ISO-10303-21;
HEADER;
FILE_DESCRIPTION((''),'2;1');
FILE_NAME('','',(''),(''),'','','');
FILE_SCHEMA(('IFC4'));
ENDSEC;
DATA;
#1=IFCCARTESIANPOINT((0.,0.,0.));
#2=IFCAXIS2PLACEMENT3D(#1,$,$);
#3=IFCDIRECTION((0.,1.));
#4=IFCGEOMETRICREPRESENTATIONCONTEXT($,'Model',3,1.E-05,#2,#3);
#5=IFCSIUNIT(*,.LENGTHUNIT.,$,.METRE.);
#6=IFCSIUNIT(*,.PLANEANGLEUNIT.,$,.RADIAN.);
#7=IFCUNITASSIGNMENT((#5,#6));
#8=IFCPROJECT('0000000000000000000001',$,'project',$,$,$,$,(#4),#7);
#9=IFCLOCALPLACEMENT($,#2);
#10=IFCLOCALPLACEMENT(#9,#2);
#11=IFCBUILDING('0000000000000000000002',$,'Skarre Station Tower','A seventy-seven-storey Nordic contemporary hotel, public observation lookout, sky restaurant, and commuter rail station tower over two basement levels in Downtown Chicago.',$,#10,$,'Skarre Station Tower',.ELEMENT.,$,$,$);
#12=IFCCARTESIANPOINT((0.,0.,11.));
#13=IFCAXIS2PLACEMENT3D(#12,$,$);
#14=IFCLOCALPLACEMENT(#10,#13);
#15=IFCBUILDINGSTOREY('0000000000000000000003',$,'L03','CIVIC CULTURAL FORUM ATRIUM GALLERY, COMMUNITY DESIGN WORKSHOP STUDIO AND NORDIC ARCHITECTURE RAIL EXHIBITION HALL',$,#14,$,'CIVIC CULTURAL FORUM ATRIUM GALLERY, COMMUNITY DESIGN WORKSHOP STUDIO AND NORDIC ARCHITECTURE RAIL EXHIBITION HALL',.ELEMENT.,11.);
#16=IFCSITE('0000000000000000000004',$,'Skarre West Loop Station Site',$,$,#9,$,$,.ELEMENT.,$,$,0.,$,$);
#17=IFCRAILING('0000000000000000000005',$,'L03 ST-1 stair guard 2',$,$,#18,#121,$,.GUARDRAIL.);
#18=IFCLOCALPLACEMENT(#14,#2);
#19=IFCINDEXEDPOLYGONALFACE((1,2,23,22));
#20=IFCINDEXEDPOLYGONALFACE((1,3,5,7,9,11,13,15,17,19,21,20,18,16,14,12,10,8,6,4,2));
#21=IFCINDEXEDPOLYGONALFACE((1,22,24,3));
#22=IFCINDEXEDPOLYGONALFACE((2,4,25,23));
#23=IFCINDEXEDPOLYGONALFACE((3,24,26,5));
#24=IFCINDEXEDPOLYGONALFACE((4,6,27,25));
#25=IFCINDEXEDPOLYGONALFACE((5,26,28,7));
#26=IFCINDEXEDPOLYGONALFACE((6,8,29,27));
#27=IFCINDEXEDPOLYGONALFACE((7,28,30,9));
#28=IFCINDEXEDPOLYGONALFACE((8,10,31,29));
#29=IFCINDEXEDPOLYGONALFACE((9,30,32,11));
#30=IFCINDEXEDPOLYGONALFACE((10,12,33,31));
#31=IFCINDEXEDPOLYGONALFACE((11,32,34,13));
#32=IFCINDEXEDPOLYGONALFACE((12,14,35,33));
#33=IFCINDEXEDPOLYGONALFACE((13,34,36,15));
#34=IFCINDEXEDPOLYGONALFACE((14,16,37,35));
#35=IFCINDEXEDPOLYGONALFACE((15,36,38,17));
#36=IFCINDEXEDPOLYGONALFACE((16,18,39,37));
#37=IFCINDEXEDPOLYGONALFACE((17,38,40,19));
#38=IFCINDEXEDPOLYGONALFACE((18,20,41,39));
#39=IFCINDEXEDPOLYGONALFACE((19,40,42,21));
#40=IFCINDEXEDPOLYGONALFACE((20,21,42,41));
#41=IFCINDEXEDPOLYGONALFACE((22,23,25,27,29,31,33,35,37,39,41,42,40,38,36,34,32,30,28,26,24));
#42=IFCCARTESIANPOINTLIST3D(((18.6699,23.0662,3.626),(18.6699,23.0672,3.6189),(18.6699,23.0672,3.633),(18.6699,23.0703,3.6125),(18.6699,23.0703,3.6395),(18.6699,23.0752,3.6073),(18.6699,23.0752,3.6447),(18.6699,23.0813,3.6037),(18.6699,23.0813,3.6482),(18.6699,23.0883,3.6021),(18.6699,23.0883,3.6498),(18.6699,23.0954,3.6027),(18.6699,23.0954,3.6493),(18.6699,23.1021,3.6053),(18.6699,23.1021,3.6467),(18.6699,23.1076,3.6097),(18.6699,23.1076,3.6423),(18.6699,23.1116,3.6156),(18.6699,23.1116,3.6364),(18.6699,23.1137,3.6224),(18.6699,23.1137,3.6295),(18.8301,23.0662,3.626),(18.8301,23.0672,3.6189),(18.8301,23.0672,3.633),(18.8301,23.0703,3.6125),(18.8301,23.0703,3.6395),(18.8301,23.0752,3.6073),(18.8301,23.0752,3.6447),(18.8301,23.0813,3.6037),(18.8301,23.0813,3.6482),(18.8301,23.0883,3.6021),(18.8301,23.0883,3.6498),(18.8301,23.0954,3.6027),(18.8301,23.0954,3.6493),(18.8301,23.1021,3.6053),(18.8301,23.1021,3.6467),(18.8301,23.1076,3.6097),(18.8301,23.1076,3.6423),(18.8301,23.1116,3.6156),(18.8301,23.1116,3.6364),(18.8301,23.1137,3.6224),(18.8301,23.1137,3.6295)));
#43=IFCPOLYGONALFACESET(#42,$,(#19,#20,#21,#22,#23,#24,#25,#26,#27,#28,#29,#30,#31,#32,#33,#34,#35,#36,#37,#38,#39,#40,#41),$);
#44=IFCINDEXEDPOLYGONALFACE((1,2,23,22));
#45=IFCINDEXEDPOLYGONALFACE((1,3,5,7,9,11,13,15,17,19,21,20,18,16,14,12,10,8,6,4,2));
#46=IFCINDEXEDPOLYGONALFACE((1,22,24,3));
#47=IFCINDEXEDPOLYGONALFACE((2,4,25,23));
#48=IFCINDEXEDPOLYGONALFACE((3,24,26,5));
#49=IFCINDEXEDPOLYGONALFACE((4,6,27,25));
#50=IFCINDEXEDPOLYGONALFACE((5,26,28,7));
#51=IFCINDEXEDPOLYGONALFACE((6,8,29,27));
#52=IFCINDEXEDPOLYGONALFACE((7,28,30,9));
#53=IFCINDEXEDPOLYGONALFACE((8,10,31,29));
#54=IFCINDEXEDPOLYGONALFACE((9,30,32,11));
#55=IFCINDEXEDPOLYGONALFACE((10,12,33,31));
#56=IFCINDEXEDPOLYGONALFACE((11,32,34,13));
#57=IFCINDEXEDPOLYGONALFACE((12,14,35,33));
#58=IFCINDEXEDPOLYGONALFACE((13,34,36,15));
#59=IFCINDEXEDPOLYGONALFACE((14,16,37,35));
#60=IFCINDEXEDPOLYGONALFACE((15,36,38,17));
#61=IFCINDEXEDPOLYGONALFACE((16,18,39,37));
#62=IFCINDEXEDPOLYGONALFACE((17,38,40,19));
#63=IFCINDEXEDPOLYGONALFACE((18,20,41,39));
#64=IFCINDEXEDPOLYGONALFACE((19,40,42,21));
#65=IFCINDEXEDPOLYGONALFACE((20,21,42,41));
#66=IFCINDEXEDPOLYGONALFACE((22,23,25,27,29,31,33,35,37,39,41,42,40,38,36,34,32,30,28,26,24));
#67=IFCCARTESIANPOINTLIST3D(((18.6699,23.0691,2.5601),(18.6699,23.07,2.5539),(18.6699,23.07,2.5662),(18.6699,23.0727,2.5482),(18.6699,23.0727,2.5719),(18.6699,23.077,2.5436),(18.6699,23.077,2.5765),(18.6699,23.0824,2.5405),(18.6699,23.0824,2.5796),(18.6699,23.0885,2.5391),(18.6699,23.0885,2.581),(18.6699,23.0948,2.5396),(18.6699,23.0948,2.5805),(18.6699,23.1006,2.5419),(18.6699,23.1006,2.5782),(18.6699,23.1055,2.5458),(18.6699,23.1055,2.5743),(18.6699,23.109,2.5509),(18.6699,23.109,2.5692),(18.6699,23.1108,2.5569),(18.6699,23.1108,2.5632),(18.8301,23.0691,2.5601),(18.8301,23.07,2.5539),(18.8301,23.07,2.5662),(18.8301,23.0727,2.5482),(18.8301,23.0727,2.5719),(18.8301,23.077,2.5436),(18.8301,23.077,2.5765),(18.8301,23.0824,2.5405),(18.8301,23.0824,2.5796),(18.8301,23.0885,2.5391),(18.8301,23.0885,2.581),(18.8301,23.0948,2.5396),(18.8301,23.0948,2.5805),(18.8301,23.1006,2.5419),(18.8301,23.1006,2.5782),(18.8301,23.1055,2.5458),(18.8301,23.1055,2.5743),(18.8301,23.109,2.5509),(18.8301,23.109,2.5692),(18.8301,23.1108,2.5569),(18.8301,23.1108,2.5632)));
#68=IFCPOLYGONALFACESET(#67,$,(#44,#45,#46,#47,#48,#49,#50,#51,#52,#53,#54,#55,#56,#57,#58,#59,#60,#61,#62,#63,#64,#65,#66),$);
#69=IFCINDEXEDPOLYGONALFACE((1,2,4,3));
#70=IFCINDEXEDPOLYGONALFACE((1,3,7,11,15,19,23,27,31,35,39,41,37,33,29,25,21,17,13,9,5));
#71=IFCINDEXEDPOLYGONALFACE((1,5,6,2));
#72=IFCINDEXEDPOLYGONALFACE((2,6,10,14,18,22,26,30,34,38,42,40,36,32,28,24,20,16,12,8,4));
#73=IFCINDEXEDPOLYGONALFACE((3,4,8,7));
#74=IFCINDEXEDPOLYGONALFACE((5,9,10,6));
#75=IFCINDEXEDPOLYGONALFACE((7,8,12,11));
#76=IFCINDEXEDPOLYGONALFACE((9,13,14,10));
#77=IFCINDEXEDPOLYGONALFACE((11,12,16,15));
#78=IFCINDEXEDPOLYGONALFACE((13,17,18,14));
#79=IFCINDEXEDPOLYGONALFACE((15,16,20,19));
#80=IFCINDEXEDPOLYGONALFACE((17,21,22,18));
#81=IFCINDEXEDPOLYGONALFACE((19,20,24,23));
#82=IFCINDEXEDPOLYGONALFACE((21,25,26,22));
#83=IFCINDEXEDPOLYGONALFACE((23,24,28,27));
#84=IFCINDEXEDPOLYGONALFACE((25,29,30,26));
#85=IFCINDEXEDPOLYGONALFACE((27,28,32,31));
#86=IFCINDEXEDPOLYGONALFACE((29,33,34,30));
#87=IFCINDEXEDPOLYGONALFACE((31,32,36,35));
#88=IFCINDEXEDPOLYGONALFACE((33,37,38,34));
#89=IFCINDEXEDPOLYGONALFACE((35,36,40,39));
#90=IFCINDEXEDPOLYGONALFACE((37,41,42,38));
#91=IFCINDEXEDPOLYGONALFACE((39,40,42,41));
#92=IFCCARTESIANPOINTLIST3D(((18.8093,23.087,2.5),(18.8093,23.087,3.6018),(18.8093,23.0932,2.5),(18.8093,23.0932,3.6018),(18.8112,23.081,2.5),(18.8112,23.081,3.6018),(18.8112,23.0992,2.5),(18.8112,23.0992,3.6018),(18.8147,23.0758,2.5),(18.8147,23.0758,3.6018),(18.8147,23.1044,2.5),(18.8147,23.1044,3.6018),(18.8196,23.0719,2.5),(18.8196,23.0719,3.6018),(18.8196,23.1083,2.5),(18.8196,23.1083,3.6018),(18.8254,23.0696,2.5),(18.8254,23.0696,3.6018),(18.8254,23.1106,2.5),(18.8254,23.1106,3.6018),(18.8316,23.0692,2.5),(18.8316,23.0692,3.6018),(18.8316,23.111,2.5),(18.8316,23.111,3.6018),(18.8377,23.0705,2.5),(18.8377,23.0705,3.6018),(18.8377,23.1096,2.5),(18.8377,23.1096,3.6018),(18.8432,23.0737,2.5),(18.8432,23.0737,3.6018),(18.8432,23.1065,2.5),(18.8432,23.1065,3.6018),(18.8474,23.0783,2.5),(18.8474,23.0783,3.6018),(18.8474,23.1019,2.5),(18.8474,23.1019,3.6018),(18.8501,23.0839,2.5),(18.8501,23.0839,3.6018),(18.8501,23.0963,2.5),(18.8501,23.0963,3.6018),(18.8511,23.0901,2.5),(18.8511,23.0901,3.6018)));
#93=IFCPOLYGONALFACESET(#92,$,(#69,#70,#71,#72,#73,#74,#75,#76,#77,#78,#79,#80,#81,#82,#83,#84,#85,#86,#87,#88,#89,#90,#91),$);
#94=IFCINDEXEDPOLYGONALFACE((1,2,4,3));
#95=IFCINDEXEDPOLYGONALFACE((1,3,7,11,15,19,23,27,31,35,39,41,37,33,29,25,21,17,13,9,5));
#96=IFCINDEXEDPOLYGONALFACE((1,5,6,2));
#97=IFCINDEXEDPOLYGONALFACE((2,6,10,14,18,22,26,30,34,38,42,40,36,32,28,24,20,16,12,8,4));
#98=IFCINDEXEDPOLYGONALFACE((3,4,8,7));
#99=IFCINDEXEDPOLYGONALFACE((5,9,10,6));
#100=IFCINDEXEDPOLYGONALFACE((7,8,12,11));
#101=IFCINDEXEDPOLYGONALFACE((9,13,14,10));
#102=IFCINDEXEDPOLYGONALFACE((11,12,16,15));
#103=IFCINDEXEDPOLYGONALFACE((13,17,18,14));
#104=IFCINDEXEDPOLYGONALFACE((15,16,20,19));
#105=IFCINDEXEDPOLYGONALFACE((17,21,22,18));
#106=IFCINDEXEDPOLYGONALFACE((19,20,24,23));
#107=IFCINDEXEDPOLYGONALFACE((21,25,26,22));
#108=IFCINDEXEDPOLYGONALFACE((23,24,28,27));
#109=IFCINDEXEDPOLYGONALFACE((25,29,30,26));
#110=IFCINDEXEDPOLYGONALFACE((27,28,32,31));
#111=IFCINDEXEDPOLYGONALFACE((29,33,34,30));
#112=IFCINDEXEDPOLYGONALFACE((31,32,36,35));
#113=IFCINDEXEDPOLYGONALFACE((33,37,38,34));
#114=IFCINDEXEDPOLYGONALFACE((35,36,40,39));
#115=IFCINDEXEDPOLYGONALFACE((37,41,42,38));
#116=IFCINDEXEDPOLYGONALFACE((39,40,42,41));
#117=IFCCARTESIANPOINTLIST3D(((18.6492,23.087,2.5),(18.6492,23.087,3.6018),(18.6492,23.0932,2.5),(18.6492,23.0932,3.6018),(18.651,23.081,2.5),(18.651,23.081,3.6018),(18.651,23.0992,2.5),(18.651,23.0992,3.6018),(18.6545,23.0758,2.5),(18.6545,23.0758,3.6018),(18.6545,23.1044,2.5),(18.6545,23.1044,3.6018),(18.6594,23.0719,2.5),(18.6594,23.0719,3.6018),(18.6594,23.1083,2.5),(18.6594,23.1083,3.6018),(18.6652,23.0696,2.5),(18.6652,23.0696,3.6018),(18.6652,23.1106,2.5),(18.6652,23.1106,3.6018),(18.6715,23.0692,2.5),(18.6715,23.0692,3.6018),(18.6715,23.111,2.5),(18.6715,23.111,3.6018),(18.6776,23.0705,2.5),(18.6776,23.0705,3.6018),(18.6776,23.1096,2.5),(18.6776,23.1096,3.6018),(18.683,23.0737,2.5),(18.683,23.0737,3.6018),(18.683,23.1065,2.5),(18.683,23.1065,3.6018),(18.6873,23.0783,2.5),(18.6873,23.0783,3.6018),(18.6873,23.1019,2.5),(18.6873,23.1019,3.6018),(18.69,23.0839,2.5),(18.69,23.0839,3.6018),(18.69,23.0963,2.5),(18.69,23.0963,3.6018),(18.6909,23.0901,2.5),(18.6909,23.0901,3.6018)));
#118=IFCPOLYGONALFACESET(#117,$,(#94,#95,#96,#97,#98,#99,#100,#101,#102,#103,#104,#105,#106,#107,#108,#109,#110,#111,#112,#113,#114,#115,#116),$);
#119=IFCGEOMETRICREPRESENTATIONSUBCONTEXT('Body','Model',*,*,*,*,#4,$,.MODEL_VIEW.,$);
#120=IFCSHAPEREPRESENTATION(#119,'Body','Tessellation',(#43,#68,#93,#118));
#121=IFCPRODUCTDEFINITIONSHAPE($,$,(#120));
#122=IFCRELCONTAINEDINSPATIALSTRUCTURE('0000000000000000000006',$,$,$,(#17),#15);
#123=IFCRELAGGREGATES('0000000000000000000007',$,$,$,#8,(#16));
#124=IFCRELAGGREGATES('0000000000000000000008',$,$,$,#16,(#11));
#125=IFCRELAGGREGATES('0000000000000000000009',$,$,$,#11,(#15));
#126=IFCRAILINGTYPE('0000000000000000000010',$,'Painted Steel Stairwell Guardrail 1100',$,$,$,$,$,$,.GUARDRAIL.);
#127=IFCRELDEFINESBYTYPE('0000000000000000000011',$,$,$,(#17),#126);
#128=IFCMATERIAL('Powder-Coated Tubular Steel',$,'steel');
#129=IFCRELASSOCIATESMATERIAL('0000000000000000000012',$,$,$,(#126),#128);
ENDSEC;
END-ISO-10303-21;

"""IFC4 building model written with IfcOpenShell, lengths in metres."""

from ifc_helpers import new_model, si_unit, direction, frame, origin, origin_2d, place, context, subcontext, project, spatial, circle, extrude, material, type_object, element, save


model = new_model("IFC4")

# Units and contexts
model_context = context("Model", 3, precision=1e-05, world=origin(), true_north=direction((0.0, 1.0)))
body_context = subcontext(model_context, "Body", "Model", "MODEL_VIEW")
ifc_project = project(units=[si_unit("LENGTHUNIT", "METRE"), si_unit("PLANEANGLEUNIT", "RADIAN")], contexts=[model_context])

# Site, building, storey
site_placement = place(None, origin())
site = spatial("IfcSite", under=ifc_project, at=site_placement, Name="Skarre West Loop Station Site", CompositionType="ELEMENT", RefElevation=0.0)
building_placement = place(site_placement, origin())
building = spatial("IfcBuilding", under=site, at=building_placement, Name="Skarre Station Tower", Description="A seventy-seven-storey Nordic contemporary hotel, public observation lookout, sky restaurant, and commuter rail station tower over two basement levels in Downtown Chicago.", LongName="Skarre Station Tower", CompositionType="ELEMENT")
storey_placement = place(building_placement, frame((0.0, 0.0, 11.0)))
storey = spatial("IfcBuildingStorey", under=building, at=storey_placement, Name="L03", Description="CIVIC CULTURAL FORUM ATRIUM GALLERY, COMMUNITY DESIGN WORKSHOP STUDIO AND NORDIC ARCHITECTURE RAIL EXHIBITION HALL", LongName="CIVIC CULTURAL FORUM ATRIUM GALLERY, COMMUNITY DESIGN WORKSHOP STUDIO AND NORDIC ARCHITECTURE RAIL EXHIBITION HALL", CompositionType="ELEMENT", Elevation=11.0)

# Railing
ifc_material_1 = material(Name="Powder-Coated Tubular Steel", Category="steel")
railing_type_1 = type_object("IfcRailingType", Name="Painted Steel Stairwell Guardrail 1100", PredefinedType="GUARDRAIL", material=ifc_material_1)
railing_1_placement = place(storey_placement, frame((18.8301, 23.0901, 2.5)))
element("IfcRailing", 1, at=railing_1_placement, inside=storey, type_object=railing_type_1, Name="L03 ST-1 stair guard 2", PredefinedType="GUARDRAIL", context=body_context, shape_type="SweptSolid", body=[
    extrude(circle(Radius=0.0239, at=origin_2d()), frame((0.0, 0.0, 1.126), z_axis=(-1.0, 0.0, 0.0), x_axis=(0.0, -1.0, 0.0)), (0.0, 0.0, 1.0), 0.1602),
    extrude(circle(Radius=0.021, at=origin_2d()), frame((0.0, 0.0, 0.0601), z_axis=(-1.0, 0.0, 0.0), x_axis=(0.0, -1.0, 0.0)), (0.0, 0.0, 1.0), 0.1602),
    extrude(circle(Radius=0.021, at=origin_2d()), origin(), (0.0, 0.0, 1.0), 1.1018),
    extrude(circle(Radius=0.021, at=origin_2d()), frame((-0.1602, 0.0, 0.0)), (0.0, 0.0, 1.0), 1.1018),
])

save(model, "model.ifc")
